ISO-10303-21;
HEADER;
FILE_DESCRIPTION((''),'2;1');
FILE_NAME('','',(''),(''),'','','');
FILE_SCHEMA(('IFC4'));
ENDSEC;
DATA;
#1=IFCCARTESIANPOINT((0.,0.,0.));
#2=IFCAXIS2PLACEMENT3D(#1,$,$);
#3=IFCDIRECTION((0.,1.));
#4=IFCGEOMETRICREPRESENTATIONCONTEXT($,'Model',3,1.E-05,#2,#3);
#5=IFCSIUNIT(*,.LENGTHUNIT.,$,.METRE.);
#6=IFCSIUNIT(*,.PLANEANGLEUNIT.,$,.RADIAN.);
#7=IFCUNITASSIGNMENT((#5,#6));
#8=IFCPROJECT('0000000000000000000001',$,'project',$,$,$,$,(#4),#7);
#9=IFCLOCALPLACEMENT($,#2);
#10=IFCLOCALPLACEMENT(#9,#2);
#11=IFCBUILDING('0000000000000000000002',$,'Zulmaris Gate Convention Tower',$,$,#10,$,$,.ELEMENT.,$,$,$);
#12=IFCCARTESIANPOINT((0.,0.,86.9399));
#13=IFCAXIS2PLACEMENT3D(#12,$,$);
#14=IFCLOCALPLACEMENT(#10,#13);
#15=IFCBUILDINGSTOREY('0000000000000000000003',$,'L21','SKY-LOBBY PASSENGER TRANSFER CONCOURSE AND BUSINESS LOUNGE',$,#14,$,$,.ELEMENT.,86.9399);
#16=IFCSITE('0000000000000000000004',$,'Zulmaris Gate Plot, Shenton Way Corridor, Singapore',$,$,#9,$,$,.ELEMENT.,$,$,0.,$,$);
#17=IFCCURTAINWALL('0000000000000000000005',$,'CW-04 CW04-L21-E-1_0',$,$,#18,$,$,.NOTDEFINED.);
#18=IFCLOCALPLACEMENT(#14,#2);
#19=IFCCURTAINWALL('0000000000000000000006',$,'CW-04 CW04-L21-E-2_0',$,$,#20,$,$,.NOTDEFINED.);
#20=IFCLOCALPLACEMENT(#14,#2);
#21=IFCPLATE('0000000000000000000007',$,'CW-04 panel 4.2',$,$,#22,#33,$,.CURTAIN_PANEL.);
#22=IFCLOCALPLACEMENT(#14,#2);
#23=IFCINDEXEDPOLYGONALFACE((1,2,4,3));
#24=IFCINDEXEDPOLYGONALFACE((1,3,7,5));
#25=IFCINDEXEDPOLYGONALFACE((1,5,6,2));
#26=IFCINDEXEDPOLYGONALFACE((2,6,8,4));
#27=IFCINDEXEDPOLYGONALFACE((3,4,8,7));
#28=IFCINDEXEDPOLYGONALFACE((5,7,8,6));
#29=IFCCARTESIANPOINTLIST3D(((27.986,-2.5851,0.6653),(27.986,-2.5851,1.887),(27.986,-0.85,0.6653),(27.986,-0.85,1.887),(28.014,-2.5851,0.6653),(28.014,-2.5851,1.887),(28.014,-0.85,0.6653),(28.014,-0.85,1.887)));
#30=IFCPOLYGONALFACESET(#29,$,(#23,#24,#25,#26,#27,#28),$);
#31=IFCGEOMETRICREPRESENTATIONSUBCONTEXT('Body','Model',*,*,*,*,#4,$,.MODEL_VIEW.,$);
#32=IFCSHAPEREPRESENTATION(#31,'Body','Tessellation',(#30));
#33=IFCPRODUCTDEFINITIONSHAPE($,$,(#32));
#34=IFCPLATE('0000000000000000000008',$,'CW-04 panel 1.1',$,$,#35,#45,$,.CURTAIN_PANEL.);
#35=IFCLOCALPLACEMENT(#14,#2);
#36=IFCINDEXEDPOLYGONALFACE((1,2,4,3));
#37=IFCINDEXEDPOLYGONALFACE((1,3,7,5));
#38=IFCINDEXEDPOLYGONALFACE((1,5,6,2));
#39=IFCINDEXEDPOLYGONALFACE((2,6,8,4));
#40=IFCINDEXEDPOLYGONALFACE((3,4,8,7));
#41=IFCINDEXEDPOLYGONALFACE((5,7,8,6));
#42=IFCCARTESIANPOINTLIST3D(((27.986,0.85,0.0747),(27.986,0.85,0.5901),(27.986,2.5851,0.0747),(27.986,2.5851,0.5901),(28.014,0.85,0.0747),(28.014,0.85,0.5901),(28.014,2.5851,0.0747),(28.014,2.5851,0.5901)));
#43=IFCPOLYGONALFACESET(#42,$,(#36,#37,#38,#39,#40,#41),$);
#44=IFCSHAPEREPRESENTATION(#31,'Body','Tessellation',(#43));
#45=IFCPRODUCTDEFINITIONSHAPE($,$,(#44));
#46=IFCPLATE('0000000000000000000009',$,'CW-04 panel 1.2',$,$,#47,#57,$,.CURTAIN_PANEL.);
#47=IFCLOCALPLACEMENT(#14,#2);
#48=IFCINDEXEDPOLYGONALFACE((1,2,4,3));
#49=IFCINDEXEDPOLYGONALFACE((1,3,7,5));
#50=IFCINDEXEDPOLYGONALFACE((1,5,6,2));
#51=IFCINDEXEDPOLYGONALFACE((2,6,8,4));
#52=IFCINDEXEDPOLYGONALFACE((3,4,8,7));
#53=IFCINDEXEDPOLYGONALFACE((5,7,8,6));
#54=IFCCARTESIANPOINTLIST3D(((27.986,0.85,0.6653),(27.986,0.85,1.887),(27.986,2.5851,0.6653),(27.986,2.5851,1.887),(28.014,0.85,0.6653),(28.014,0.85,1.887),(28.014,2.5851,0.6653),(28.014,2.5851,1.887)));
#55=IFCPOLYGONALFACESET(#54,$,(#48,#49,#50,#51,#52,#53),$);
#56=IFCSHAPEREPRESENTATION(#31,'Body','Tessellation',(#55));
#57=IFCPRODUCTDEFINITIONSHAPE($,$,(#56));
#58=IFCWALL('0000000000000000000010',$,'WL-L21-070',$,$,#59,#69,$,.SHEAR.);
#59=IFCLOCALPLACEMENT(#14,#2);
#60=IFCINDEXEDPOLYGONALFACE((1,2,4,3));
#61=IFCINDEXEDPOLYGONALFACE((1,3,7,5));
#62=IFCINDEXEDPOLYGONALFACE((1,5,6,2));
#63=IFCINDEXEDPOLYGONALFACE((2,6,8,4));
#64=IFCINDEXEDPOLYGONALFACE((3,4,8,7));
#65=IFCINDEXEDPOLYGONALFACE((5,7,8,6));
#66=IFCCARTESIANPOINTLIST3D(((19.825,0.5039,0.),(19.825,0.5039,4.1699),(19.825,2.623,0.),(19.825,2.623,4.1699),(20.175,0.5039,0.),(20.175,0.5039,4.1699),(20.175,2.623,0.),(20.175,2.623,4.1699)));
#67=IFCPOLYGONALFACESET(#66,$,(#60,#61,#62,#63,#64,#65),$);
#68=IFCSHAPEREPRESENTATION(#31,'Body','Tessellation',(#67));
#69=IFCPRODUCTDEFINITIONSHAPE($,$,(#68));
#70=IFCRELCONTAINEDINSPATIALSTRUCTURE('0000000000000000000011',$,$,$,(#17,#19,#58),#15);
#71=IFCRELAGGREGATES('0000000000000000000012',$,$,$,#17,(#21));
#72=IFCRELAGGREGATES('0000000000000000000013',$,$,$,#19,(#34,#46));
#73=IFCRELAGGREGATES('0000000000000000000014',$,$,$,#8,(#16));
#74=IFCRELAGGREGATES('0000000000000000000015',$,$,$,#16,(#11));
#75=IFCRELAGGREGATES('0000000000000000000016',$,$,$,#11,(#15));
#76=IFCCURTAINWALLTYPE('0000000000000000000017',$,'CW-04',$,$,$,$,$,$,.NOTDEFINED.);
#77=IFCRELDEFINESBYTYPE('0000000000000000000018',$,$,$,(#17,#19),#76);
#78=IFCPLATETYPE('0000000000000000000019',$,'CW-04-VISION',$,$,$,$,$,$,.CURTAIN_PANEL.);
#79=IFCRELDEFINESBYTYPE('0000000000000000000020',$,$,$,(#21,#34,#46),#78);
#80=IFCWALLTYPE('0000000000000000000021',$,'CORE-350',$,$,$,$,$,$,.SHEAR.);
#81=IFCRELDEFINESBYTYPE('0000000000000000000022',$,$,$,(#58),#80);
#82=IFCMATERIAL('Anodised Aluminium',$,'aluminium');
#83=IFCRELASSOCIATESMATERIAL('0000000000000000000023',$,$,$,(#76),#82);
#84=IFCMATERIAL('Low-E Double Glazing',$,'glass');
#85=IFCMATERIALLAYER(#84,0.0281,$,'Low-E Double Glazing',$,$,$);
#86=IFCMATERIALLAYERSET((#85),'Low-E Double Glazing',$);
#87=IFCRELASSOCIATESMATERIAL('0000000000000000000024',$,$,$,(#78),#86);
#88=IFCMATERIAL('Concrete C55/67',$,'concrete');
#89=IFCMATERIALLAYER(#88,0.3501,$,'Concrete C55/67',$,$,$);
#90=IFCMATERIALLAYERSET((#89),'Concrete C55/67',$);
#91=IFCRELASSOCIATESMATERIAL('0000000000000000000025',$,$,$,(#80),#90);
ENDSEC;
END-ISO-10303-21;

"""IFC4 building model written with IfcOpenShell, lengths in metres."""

from ifc_helpers import new_model, si_unit, direction, frame, frame_2d, origin, origin_2d, place, context, subcontext, project, spatial, rectangle, extrude, material, layer, layer_set, type_object, element, aggregate, save


model = new_model("IFC4")

# Units and contexts
model_context = context("Model", 3, precision=1e-05, world=origin(), true_north=direction((0.0, 1.0)))
body_context = subcontext(model_context, "Body", "Model", "MODEL_VIEW")
ifc_project = project(units=[si_unit("LENGTHUNIT", "METRE"), si_unit("PLANEANGLEUNIT", "RADIAN")], contexts=[model_context])

# Site, building, storey
site_placement = place(None, origin())
site = spatial("IfcSite", under=ifc_project, at=site_placement, Name="Zulmaris Gate Plot, Shenton Way Corridor, Singapore", CompositionType="ELEMENT", RefElevation=0.0)
building_placement = place(site_placement, origin())
building = spatial("IfcBuilding", under=site, at=building_placement, Name="Zulmaris Gate Convention Tower", CompositionType="ELEMENT")
storey_placement = place(building_placement, frame((0.0, 0.0, 86.9399)))
storey = spatial("IfcBuildingStorey", under=building, at=storey_placement, Name="L21", Description="SKY-LOBBY PASSENGER TRANSFER CONCOURSE AND BUSINESS LOUNGE", CompositionType="ELEMENT", Elevation=86.9399)

# Curtain wall
ifc_material_1 = material(Name="Anodised Aluminium", Category="aluminium")
curtain_wall_type = type_object("IfcCurtainWallType", Name="CW-04", PredefinedType="NOTDEFINED", material=ifc_material_1)
curtain_wall_1_placement = place(storey_placement, origin())
curtain_wall_1 = element("IfcCurtainWall", 1, at=curtain_wall_1_placement, inside=storey, type_object=curtain_wall_type, Name="CW-04 CW04-L21-E-1_0", PredefinedType="NOTDEFINED")

# Curtain wall
curtain_wall_2_placement = place(storey_placement, origin())
curtain_wall_2 = element("IfcCurtainWall", 2, at=curtain_wall_2_placement, inside=storey, type_object=curtain_wall_type, Name="CW-04 CW04-L21-E-2_0", PredefinedType="NOTDEFINED")

# Plates
ifc_material_2 = material(Name="Low-E Double Glazing", Category="glass")
ifc_layer_1 = layer(ifc_material_2, 0.0281, Name="Low-E Double Glazing")
ifc_layer_set_1 = layer_set([ifc_layer_1], Name="Low-E Double Glazing")
plate_type = type_object("IfcPlateType", Name="CW-04-VISION", PredefinedType="CURTAIN_PANEL", material=ifc_layer_set_1)
plate_1_placement = place(storey_placement, frame((28.0, -1.7175, 0.6653), z_axis=(0.0, 0.0, 1.0), x_axis=(0.0, 1.0, 0.0)))
plate_1 = element("IfcPlate", 3, at=plate_1_placement, type_object=plate_type, Name="CW-04 panel 4.2", PredefinedType="CURTAIN_PANEL", context=body_context, shape_type="SweptSolid", body=[
    extrude(rectangle(XDim=1.7351, YDim=0.0281, at=origin_2d()), origin(), (0.0, 0.0, 1.0), 1.2217),
])
aggregate(curtain_wall_1, [plate_1])
plate_2_placement = place(storey_placement, frame((28.0, 1.7175, 0.0747), z_axis=(0.0, 0.0, 1.0), x_axis=(0.0, 1.0, 0.0)))
plate_2 = element("IfcPlate", 4, at=plate_2_placement, type_object=plate_type, Name="CW-04 panel 1.1", PredefinedType="CURTAIN_PANEL", context=body_context, shape_type="SweptSolid", body=[
    extrude(rectangle(XDim=1.7351, YDim=0.0281, at=origin_2d()), origin(), (0.0, 0.0, 1.0), 0.5154),
])
plate_3_placement = place(storey_placement, frame((28.0, 1.7175, 0.6653), z_axis=(0.0, 0.0, 1.0), x_axis=(0.0, 1.0, 0.0)))
plate_3 = element("IfcPlate", 5, at=plate_3_placement, type_object=plate_type, Name="CW-04 panel 1.2", PredefinedType="CURTAIN_PANEL", context=body_context, shape_type="SweptSolid", body=[
    extrude(rectangle(XDim=1.7351, YDim=0.0281, at=origin_2d()), origin(), (0.0, 0.0, 1.0), 1.2217),
])
aggregate(curtain_wall_2, [plate_2, plate_3])

# Wall
ifc_material_3 = material(Name="Concrete C55/67", Category="concrete")
ifc_layer_2 = layer(ifc_material_3, 0.3501, Name="Concrete C55/67")
ifc_layer_set_2 = layer_set([ifc_layer_2], Name="Concrete C55/67")
wall_type = type_object("IfcWallType", Name="CORE-350", PredefinedType="SHEAR", material=ifc_layer_set_2)
wall_placement = place(storey_placement, frame((20.0, 0.5039, 0.0), z_axis=(0.0, 0.0, 1.0), x_axis=(0.0, 1.0, 0.0)))
element("IfcWall", 6, at=wall_placement, inside=storey, type_object=wall_type, Name="WL-L21-070", PredefinedType="SHEAR", context=body_context, shape_type="SweptSolid", body=[
    extrude(rectangle(XDim=2.1191, YDim=0.3501, at=frame_2d((1.0596, 0.0))), origin(), (0.0, 0.0, 1.0), 4.1699),
])

save(model, "model.ifc")
